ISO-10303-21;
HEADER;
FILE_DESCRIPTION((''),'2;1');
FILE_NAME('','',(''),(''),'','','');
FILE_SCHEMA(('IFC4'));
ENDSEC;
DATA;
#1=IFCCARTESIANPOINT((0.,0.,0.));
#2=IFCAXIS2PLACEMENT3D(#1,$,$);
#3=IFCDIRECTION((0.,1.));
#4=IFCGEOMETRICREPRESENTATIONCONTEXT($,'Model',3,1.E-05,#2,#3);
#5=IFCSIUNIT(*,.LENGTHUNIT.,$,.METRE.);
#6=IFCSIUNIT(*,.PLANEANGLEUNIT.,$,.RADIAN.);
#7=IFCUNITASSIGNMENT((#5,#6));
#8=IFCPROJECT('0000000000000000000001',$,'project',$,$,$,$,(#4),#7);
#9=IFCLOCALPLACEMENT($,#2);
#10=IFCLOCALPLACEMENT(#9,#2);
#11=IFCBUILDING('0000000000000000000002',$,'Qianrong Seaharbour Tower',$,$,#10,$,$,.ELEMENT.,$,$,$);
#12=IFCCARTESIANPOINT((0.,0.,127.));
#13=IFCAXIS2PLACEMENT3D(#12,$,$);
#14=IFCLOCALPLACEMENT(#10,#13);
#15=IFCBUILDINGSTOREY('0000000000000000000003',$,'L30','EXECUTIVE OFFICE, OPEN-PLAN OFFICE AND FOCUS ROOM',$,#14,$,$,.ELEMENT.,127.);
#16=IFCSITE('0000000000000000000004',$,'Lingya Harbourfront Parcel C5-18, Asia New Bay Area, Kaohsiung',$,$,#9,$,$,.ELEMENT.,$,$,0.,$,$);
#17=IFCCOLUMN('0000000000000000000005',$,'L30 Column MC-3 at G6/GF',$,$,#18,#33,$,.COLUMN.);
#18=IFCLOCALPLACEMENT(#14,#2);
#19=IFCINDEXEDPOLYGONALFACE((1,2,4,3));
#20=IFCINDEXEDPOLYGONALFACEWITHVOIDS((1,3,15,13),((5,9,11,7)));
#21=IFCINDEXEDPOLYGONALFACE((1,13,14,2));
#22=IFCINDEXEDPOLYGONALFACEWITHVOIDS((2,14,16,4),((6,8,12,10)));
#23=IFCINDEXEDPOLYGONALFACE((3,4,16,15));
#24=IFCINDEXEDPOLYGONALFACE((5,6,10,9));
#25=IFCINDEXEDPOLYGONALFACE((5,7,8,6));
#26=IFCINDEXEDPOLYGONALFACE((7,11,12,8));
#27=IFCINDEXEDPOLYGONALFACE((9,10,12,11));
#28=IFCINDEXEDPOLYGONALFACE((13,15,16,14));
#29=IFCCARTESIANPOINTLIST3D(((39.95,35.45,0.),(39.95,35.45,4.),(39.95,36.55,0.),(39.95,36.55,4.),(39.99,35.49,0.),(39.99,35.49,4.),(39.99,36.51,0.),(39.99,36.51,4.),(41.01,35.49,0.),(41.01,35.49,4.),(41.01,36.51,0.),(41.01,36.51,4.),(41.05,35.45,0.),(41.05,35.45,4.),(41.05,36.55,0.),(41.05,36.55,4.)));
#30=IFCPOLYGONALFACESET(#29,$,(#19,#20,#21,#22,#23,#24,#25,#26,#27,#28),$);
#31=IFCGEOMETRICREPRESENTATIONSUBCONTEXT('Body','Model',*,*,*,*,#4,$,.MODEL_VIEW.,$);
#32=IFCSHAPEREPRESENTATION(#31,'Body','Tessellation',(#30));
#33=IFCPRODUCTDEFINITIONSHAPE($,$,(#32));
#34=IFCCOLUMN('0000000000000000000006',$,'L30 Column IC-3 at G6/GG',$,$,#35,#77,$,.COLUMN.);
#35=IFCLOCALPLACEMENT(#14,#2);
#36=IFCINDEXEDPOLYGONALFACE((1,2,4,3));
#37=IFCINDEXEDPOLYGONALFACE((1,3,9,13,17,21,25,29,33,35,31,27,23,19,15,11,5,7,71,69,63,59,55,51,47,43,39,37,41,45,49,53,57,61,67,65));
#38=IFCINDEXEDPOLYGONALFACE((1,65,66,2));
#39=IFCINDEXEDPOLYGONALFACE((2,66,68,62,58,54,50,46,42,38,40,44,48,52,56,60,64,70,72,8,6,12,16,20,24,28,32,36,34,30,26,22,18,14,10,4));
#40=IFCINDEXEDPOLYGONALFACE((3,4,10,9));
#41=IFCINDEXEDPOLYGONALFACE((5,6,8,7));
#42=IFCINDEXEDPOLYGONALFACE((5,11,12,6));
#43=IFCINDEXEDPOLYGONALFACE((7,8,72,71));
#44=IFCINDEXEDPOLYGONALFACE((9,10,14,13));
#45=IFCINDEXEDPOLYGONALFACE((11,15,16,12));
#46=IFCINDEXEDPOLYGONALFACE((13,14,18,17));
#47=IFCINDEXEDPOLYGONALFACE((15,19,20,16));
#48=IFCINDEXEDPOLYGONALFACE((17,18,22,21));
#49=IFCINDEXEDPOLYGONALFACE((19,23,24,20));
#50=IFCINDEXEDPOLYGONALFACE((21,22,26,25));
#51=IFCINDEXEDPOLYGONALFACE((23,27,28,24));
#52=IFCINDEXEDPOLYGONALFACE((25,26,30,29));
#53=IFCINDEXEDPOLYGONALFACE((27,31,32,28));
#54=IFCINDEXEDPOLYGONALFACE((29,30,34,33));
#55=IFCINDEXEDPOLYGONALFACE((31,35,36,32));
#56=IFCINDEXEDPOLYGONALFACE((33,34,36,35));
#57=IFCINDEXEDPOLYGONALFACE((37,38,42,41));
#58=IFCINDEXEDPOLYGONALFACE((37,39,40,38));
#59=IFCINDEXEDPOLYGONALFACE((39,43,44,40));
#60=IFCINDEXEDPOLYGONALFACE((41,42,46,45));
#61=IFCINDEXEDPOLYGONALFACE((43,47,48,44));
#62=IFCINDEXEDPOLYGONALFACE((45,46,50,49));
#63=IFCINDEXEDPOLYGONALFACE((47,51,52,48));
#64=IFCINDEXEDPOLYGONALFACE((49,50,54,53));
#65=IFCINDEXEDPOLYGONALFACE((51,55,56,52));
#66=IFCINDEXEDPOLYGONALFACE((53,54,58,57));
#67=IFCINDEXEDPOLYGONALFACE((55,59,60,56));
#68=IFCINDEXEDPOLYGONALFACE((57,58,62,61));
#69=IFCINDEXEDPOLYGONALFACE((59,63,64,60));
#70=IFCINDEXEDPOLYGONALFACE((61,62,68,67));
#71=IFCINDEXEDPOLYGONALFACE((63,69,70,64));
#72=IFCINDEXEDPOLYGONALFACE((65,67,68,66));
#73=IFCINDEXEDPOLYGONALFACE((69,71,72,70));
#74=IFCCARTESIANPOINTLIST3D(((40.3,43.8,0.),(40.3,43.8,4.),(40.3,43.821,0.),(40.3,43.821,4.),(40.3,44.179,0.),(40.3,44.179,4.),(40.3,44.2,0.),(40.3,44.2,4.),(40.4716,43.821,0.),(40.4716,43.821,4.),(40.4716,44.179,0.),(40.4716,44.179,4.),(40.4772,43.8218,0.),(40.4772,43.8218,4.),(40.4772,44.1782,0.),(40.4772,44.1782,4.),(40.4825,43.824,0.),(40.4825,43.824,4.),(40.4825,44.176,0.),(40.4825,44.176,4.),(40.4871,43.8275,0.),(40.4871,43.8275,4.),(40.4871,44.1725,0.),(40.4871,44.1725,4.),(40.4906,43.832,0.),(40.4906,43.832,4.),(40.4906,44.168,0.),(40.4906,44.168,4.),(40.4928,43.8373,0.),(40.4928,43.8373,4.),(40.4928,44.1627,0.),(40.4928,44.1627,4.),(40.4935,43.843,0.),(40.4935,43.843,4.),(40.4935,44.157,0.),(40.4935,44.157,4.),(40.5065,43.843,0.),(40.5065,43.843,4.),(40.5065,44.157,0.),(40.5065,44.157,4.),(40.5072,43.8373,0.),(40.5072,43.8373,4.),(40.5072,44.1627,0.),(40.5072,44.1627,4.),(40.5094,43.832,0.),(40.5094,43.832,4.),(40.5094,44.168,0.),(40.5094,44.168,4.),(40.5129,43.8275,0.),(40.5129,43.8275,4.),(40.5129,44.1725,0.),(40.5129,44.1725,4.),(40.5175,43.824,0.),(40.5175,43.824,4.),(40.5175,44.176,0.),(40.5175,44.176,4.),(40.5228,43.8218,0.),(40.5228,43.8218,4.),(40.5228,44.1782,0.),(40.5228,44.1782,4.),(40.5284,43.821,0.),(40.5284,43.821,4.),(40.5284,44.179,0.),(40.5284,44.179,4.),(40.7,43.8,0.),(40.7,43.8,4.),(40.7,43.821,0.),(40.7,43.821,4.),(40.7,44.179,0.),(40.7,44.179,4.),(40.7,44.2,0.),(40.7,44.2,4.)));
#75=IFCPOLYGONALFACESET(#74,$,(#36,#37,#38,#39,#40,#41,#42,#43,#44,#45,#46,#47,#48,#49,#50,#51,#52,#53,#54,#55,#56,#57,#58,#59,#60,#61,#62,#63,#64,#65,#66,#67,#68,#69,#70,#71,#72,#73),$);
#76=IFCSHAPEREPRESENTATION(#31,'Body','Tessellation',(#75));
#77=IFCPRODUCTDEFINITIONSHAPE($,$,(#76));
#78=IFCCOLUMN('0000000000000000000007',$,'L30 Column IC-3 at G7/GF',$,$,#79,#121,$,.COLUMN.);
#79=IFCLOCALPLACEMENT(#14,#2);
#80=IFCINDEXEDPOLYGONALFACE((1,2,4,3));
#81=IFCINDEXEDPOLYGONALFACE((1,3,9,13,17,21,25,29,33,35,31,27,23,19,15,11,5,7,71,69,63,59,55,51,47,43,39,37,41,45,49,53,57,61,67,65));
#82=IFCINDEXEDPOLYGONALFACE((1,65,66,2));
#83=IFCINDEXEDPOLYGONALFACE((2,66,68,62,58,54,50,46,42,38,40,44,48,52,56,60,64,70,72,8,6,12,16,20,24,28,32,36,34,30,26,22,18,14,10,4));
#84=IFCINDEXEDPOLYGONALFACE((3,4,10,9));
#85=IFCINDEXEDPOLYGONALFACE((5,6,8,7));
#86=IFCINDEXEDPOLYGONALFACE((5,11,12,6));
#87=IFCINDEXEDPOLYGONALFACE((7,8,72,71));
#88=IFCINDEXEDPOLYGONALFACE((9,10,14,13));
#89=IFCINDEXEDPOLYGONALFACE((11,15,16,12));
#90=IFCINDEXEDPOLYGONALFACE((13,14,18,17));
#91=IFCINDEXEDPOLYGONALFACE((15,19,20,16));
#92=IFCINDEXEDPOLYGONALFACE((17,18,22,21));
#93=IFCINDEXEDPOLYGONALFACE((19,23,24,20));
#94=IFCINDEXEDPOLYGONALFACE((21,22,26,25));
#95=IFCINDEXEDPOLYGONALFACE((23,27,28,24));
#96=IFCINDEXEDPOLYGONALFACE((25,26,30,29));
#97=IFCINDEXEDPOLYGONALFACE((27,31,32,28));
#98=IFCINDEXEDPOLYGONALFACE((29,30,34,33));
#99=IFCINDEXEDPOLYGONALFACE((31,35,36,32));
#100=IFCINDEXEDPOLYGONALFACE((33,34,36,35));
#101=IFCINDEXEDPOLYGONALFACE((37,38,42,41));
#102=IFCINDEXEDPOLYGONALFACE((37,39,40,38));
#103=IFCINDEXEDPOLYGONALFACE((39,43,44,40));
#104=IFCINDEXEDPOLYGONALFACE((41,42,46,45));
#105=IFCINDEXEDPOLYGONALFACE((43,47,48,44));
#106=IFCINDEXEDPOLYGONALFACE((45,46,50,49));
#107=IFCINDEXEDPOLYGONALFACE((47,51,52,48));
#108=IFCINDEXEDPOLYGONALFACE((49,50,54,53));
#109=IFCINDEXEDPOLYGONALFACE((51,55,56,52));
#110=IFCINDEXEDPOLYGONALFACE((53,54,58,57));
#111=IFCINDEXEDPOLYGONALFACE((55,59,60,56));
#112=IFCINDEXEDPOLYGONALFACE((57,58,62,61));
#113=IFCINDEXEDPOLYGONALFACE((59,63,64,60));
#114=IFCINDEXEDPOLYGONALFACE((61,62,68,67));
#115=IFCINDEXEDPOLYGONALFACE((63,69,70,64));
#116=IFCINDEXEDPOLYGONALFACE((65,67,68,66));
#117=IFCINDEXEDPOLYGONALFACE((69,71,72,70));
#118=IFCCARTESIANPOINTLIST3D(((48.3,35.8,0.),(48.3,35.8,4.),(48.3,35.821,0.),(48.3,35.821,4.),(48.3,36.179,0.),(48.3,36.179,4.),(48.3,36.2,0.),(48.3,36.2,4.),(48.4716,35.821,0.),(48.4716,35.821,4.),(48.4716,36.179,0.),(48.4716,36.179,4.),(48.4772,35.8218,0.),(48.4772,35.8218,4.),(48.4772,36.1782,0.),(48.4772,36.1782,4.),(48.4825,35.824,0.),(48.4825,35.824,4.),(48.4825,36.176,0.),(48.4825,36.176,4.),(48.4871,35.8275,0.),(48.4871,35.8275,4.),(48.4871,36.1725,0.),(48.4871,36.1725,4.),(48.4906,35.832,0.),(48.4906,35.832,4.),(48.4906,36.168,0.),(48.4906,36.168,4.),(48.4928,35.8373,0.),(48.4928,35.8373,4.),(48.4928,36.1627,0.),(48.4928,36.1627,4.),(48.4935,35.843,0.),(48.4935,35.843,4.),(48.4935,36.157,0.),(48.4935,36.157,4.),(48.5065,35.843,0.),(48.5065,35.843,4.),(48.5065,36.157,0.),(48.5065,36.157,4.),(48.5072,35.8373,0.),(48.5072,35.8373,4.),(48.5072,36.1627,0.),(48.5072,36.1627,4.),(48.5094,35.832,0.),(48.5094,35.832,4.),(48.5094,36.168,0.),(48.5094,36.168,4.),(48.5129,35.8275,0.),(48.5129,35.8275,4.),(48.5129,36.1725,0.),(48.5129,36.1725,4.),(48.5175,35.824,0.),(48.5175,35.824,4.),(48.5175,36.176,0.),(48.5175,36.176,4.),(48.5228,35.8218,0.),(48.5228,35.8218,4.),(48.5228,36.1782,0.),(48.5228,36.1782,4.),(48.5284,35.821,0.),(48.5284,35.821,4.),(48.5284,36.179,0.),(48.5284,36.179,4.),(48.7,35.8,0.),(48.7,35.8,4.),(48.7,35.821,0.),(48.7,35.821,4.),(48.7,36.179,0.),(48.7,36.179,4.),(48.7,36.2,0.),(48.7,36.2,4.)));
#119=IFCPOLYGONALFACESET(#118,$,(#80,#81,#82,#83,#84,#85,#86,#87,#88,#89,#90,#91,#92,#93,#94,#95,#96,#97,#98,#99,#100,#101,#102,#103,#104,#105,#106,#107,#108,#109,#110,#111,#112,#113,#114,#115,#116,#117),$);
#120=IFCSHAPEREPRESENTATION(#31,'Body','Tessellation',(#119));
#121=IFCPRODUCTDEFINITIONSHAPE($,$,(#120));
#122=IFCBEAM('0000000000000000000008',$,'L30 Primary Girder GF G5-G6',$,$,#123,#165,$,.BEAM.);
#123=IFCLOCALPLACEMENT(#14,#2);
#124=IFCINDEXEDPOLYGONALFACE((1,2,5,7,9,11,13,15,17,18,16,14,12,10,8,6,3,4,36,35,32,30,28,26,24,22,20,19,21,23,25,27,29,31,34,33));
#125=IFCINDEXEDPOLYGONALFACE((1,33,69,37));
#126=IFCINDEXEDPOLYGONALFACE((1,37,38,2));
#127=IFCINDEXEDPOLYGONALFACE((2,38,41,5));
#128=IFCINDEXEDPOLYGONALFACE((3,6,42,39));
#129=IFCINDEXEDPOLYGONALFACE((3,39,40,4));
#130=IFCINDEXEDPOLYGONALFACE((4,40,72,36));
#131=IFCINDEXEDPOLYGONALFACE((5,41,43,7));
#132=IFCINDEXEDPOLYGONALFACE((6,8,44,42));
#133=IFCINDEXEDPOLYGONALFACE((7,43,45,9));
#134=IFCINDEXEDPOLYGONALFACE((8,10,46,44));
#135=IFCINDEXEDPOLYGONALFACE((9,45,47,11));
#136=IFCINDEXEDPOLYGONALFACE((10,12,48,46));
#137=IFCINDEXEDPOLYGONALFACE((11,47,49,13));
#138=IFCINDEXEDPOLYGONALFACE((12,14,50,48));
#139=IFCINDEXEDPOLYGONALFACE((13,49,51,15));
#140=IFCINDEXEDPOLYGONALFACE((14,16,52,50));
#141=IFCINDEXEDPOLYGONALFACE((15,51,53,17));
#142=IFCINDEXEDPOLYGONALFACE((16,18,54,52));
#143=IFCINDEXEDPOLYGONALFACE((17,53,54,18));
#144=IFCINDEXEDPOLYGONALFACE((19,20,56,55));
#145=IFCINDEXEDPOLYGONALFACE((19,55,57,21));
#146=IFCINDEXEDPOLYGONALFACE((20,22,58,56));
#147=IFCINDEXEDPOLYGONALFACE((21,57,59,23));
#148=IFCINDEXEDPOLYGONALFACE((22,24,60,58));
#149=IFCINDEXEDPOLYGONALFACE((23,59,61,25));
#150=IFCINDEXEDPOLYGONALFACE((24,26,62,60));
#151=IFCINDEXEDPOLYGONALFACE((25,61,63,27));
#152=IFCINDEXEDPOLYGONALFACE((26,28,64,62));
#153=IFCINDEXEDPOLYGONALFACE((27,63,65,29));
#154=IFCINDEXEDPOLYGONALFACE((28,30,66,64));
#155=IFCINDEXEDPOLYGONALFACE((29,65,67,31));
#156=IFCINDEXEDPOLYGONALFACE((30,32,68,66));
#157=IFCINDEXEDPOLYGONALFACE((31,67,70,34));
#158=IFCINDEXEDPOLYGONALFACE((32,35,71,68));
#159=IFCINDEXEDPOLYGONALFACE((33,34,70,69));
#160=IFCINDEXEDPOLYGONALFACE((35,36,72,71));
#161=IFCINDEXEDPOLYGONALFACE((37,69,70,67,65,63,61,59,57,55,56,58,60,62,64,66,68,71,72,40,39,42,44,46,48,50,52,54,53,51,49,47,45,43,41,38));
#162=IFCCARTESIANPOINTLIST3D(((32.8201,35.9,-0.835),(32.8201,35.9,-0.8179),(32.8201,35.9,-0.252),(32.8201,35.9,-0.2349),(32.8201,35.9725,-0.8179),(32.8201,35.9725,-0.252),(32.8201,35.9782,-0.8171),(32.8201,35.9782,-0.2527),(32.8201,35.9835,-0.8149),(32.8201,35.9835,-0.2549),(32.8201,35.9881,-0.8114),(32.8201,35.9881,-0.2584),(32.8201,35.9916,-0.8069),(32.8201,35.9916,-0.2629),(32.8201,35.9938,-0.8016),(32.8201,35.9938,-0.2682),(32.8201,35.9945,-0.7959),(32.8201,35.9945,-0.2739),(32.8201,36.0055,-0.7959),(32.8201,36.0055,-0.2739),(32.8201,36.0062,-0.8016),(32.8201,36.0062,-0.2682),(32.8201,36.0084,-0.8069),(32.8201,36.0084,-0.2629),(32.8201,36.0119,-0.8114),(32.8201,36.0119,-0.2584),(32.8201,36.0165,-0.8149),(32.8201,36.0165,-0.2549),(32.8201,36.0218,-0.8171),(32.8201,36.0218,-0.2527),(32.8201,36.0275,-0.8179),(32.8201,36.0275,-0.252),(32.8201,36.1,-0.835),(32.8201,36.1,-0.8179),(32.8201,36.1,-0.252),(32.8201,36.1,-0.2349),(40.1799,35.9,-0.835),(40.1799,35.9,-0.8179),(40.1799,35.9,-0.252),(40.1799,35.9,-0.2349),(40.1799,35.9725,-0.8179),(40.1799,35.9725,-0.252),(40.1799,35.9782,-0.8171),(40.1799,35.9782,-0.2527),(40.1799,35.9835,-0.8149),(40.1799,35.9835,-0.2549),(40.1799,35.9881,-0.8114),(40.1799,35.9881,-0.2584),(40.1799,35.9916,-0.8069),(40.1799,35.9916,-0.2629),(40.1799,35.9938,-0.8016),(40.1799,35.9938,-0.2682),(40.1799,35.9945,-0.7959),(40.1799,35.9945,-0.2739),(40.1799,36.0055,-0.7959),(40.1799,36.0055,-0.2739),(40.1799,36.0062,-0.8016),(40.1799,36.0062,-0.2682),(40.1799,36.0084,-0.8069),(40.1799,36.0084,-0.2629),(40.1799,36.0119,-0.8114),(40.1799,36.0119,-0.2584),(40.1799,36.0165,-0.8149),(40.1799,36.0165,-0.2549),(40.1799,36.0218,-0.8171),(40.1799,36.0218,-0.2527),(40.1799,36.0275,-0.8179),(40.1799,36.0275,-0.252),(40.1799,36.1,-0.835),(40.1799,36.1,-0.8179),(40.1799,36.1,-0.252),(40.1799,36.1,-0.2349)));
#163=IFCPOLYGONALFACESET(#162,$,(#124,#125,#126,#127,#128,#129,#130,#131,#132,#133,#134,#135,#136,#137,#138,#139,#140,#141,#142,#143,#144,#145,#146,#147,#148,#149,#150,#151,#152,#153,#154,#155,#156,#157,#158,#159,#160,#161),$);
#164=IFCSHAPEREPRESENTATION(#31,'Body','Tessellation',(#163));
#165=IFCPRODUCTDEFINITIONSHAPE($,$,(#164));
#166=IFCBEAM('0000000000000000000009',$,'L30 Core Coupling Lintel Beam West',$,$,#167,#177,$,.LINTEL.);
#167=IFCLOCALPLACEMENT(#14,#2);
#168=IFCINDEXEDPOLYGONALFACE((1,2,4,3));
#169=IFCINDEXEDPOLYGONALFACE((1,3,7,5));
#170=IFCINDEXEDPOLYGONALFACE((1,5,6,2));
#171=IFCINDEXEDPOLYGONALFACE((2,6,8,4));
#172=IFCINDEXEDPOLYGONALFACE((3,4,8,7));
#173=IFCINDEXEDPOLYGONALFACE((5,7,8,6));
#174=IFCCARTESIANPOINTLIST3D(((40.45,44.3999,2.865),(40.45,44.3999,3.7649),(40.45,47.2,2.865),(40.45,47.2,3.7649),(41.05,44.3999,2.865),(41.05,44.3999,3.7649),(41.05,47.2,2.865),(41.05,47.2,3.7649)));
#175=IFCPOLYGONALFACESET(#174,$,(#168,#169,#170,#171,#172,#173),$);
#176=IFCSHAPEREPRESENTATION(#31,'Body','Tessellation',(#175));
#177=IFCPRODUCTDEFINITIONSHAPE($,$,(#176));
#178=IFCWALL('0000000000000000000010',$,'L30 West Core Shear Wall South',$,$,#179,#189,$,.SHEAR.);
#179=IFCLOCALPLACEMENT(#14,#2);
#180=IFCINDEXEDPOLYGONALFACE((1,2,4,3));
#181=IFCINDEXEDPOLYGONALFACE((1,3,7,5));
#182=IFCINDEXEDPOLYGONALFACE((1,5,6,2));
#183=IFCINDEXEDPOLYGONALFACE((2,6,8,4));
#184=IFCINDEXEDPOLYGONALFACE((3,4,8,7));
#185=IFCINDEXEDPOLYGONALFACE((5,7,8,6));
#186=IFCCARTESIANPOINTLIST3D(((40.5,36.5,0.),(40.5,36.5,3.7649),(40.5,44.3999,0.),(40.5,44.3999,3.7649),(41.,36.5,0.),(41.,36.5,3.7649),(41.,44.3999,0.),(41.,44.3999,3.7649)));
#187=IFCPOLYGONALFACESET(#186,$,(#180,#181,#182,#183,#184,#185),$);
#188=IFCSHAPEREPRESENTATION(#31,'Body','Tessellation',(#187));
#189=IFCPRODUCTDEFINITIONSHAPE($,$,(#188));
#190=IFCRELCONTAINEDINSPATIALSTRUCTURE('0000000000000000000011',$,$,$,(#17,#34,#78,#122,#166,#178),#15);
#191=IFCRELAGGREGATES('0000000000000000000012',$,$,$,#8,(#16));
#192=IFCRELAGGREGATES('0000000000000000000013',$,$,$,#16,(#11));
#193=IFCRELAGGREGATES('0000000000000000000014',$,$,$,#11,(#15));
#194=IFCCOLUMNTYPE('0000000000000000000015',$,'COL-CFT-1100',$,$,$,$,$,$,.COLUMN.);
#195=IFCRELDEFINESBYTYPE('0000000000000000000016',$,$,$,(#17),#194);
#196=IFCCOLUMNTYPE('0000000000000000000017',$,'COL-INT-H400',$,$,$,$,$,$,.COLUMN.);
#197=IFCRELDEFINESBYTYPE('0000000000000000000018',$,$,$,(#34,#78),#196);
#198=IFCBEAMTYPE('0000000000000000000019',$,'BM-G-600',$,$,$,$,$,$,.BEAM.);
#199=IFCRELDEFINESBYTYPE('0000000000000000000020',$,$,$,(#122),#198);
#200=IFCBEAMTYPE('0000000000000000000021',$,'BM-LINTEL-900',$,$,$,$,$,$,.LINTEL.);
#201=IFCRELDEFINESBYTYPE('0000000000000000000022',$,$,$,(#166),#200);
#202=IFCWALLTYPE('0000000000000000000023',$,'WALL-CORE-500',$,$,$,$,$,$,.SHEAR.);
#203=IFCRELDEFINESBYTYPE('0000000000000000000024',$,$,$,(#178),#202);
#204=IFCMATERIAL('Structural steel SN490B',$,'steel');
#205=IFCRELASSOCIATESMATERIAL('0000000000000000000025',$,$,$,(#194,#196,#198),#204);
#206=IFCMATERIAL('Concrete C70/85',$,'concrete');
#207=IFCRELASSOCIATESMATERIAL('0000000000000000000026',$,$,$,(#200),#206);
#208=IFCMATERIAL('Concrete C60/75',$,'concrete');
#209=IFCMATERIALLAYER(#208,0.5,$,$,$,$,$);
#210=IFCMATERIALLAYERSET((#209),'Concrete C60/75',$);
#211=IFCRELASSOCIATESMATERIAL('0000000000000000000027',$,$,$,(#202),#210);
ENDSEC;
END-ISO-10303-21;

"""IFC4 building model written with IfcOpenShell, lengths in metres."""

from ifc_helpers import new_model, si_unit, direction, frame, frame_2d, origin, origin_2d, place, context, subcontext, project, spatial, rectangle, hollow_rectangle, i_section, extrude, material, layer, layer_set, material_profile, profile_set, type_object, element, save


model = new_model("IFC4")

# Units and contexts
model_context = context("Model", 3, precision=1e-05, world=origin(), true_north=direction((0.0, 1.0)))
body_context = subcontext(model_context, "Body", "Model", "MODEL_VIEW")
ifc_project = project(units=[si_unit("LENGTHUNIT", "METRE"), si_unit("PLANEANGLEUNIT", "RADIAN")], contexts=[model_context])

# Site, building, storey
site_placement = place(None, origin())
site = spatial("IfcSite", under=ifc_project, at=site_placement, Name="Lingya Harbourfront Parcel C5-18, Asia New Bay Area, Kaohsiung", CompositionType="ELEMENT", RefElevation=0.0)
building_placement = place(site_placement, origin())
building = spatial("IfcBuilding", under=site, at=building_placement, Name="Qianrong Seaharbour Tower", CompositionType="ELEMENT")
storey_placement = place(building_placement, frame((0.0, 0.0, 127.0)))
storey = spatial("IfcBuildingStorey", under=building, at=storey_placement, Name="L30", Description="EXECUTIVE OFFICE, OPEN-PLAN OFFICE AND FOCUS ROOM", CompositionType="ELEMENT", Elevation=127.0)

# Columns
ifc_material_1 = material(Name="Structural steel SN490B", Category="steel")
ifc_material_profile_1 = material_profile(ifc_material_1, hollow_rectangle(XDim=1.1001, YDim=1.1001, WallThickness=0.04, at=origin_2d()), Name="BOX1100x1100x40")
ifc_profile_set_1 = profile_set([ifc_material_profile_1], Name="Structural steel SN490B")
column_type_1 = type_object("IfcColumnType", Name="COL-CFT-1100", PredefinedType="COLUMN", material=ifc_profile_set_1)
column_placement = place(storey_placement, frame((40.5, 36.0, 0.0), z_axis=(0.0, 0.0, 1.0), x_axis=(1.0, 0.0, 0.0)))
element("IfcColumn", 1, at=column_placement, inside=storey, type_object=column_type_1, Name="L30 Column MC-3 at G6/GF", PredefinedType="COLUMN", context=body_context, shape_type="SweptSolid", body=[
    extrude(hollow_rectangle(XDim=1.1001, YDim=1.1001, WallThickness=0.04, at=origin_2d()), origin(), (0.0, 0.0, 1.0), 4.0),
])
ifc_material_profile_2 = material_profile(ifc_material_1, i_section(OverallWidth=0.3999, OverallDepth=0.3999, WebThickness=0.0129, FlangeThickness=0.021, FilletRadius=0.022, at=origin_2d()), Name="H400x400x13x21")
ifc_profile_set_2 = profile_set([ifc_material_profile_2], Name="Structural steel SN490B")
column_type_2 = type_object("IfcColumnType", Name="COL-INT-H400", PredefinedType="COLUMN", material=ifc_profile_set_2)
for number, where, z_axis, x_axis, name in (
    (2, (40.5, 44.0, 0.0), (0.0, 0.0, 1.0), (1.0, 0.0, 0.0), "L30 Column IC-3 at G6/GG"),
    (3, (48.5, 36.0, 0.0), (0.0, 0.0, 1.0), (1.0, 0.0, 0.0), "L30 Column IC-3 at G7/GF"),
):
    element("IfcColumn", number, at=place(storey_placement, frame(where, z_axis=z_axis, x_axis=x_axis)), inside=storey, type_object=column_type_2, Name=name, PredefinedType="COLUMN", context=body_context, shape_type="SweptSolid", body=[
        extrude(i_section(OverallWidth=0.3999, OverallDepth=0.3999, WebThickness=0.0129, FlangeThickness=0.021, FilletRadius=0.022, at=origin_2d()), origin(), (0.0, 0.0, 1.0), 4.0),
    ])

# Beams
ifc_material_profile_3 = material_profile(ifc_material_1, i_section(OverallWidth=0.2, OverallDepth=0.6001, WebThickness=0.011, FlangeThickness=0.0171, FilletRadius=0.022, at=origin_2d()), Name="H600x200x11x17")
ifc_profile_set_3 = profile_set([ifc_material_profile_3], Name="Structural steel SN490B")
beam_type_1 = type_object("IfcBeamType", Name="BM-G-600", PredefinedType="BEAM", material=ifc_profile_set_3)
beam_1_placement = place(storey_placement, frame((32.8201, 36.0, -0.5349), z_axis=(1.0, 0.0, 0.0), x_axis=(0.0, 1.0, 0.0)))
element("IfcBeam", 4, at=beam_1_placement, inside=storey, type_object=beam_type_1, Name="L30 Primary Girder GF G5-G6", PredefinedType="BEAM", context=body_context, shape_type="SweptSolid", body=[
    extrude(i_section(OverallWidth=0.2, OverallDepth=0.6001, WebThickness=0.011, FlangeThickness=0.0171, FilletRadius=0.022, at=origin_2d()), origin(), (0.0, 0.0, 1.0), 7.3599),
])
ifc_material_2 = material(Name="Concrete C70/85", Category="concrete")
ifc_material_profile_4 = material_profile(ifc_material_2, rectangle(XDim=0.6001, YDim=0.8999, at=origin_2d()), Name="RC600x900")
ifc_profile_set_4 = profile_set([ifc_material_profile_4], Name="Concrete C70/85")
beam_type_2 = type_object("IfcBeamType", Name="BM-LINTEL-900", PredefinedType="LINTEL", material=ifc_profile_set_4)
beam_2_placement = place(storey_placement, frame((40.75, 44.3999, 3.3149), z_axis=(0.0, 1.0, 0.0), x_axis=(-1.0, 0.0, 0.0)))
element("IfcBeam", 5, at=beam_2_placement, inside=storey, type_object=beam_type_2, Name="L30 Core Coupling Lintel Beam West", PredefinedType="LINTEL", context=body_context, shape_type="SweptSolid", body=[
    extrude(rectangle(XDim=0.6001, YDim=0.8999, at=origin_2d()), origin(), (0.0, 0.0, 1.0), 2.8),
])

# Wall
ifc_material_3 = material(Name="Concrete C60/75", Category="concrete")
ifc_layer_1 = layer(ifc_material_3, 0.5)
ifc_layer_set_1 = layer_set([ifc_layer_1], Name="Concrete C60/75")
wall_type_1 = type_object("IfcWallType", Name="WALL-CORE-500", PredefinedType="SHEAR", material=ifc_layer_set_1)
wall_1_placement = place(storey_placement, frame((40.75, 36.5, 0.0), z_axis=(0.0, 0.0, 1.0), x_axis=(0.0, 1.0, 0.0)))
element("IfcWall", 6, at=wall_1_placement, inside=storey, type_object=wall_type_1, Name="L30 West Core Shear Wall South", PredefinedType="SHEAR", context=body_context, shape_type="SweptSolid", body=[
    extrude(rectangle(XDim=7.8999, YDim=0.5, at=frame_2d((3.95, 0.0))), origin(), (0.0, 0.0, 1.0), 3.7649),
])

save(model, "model.ifc")
